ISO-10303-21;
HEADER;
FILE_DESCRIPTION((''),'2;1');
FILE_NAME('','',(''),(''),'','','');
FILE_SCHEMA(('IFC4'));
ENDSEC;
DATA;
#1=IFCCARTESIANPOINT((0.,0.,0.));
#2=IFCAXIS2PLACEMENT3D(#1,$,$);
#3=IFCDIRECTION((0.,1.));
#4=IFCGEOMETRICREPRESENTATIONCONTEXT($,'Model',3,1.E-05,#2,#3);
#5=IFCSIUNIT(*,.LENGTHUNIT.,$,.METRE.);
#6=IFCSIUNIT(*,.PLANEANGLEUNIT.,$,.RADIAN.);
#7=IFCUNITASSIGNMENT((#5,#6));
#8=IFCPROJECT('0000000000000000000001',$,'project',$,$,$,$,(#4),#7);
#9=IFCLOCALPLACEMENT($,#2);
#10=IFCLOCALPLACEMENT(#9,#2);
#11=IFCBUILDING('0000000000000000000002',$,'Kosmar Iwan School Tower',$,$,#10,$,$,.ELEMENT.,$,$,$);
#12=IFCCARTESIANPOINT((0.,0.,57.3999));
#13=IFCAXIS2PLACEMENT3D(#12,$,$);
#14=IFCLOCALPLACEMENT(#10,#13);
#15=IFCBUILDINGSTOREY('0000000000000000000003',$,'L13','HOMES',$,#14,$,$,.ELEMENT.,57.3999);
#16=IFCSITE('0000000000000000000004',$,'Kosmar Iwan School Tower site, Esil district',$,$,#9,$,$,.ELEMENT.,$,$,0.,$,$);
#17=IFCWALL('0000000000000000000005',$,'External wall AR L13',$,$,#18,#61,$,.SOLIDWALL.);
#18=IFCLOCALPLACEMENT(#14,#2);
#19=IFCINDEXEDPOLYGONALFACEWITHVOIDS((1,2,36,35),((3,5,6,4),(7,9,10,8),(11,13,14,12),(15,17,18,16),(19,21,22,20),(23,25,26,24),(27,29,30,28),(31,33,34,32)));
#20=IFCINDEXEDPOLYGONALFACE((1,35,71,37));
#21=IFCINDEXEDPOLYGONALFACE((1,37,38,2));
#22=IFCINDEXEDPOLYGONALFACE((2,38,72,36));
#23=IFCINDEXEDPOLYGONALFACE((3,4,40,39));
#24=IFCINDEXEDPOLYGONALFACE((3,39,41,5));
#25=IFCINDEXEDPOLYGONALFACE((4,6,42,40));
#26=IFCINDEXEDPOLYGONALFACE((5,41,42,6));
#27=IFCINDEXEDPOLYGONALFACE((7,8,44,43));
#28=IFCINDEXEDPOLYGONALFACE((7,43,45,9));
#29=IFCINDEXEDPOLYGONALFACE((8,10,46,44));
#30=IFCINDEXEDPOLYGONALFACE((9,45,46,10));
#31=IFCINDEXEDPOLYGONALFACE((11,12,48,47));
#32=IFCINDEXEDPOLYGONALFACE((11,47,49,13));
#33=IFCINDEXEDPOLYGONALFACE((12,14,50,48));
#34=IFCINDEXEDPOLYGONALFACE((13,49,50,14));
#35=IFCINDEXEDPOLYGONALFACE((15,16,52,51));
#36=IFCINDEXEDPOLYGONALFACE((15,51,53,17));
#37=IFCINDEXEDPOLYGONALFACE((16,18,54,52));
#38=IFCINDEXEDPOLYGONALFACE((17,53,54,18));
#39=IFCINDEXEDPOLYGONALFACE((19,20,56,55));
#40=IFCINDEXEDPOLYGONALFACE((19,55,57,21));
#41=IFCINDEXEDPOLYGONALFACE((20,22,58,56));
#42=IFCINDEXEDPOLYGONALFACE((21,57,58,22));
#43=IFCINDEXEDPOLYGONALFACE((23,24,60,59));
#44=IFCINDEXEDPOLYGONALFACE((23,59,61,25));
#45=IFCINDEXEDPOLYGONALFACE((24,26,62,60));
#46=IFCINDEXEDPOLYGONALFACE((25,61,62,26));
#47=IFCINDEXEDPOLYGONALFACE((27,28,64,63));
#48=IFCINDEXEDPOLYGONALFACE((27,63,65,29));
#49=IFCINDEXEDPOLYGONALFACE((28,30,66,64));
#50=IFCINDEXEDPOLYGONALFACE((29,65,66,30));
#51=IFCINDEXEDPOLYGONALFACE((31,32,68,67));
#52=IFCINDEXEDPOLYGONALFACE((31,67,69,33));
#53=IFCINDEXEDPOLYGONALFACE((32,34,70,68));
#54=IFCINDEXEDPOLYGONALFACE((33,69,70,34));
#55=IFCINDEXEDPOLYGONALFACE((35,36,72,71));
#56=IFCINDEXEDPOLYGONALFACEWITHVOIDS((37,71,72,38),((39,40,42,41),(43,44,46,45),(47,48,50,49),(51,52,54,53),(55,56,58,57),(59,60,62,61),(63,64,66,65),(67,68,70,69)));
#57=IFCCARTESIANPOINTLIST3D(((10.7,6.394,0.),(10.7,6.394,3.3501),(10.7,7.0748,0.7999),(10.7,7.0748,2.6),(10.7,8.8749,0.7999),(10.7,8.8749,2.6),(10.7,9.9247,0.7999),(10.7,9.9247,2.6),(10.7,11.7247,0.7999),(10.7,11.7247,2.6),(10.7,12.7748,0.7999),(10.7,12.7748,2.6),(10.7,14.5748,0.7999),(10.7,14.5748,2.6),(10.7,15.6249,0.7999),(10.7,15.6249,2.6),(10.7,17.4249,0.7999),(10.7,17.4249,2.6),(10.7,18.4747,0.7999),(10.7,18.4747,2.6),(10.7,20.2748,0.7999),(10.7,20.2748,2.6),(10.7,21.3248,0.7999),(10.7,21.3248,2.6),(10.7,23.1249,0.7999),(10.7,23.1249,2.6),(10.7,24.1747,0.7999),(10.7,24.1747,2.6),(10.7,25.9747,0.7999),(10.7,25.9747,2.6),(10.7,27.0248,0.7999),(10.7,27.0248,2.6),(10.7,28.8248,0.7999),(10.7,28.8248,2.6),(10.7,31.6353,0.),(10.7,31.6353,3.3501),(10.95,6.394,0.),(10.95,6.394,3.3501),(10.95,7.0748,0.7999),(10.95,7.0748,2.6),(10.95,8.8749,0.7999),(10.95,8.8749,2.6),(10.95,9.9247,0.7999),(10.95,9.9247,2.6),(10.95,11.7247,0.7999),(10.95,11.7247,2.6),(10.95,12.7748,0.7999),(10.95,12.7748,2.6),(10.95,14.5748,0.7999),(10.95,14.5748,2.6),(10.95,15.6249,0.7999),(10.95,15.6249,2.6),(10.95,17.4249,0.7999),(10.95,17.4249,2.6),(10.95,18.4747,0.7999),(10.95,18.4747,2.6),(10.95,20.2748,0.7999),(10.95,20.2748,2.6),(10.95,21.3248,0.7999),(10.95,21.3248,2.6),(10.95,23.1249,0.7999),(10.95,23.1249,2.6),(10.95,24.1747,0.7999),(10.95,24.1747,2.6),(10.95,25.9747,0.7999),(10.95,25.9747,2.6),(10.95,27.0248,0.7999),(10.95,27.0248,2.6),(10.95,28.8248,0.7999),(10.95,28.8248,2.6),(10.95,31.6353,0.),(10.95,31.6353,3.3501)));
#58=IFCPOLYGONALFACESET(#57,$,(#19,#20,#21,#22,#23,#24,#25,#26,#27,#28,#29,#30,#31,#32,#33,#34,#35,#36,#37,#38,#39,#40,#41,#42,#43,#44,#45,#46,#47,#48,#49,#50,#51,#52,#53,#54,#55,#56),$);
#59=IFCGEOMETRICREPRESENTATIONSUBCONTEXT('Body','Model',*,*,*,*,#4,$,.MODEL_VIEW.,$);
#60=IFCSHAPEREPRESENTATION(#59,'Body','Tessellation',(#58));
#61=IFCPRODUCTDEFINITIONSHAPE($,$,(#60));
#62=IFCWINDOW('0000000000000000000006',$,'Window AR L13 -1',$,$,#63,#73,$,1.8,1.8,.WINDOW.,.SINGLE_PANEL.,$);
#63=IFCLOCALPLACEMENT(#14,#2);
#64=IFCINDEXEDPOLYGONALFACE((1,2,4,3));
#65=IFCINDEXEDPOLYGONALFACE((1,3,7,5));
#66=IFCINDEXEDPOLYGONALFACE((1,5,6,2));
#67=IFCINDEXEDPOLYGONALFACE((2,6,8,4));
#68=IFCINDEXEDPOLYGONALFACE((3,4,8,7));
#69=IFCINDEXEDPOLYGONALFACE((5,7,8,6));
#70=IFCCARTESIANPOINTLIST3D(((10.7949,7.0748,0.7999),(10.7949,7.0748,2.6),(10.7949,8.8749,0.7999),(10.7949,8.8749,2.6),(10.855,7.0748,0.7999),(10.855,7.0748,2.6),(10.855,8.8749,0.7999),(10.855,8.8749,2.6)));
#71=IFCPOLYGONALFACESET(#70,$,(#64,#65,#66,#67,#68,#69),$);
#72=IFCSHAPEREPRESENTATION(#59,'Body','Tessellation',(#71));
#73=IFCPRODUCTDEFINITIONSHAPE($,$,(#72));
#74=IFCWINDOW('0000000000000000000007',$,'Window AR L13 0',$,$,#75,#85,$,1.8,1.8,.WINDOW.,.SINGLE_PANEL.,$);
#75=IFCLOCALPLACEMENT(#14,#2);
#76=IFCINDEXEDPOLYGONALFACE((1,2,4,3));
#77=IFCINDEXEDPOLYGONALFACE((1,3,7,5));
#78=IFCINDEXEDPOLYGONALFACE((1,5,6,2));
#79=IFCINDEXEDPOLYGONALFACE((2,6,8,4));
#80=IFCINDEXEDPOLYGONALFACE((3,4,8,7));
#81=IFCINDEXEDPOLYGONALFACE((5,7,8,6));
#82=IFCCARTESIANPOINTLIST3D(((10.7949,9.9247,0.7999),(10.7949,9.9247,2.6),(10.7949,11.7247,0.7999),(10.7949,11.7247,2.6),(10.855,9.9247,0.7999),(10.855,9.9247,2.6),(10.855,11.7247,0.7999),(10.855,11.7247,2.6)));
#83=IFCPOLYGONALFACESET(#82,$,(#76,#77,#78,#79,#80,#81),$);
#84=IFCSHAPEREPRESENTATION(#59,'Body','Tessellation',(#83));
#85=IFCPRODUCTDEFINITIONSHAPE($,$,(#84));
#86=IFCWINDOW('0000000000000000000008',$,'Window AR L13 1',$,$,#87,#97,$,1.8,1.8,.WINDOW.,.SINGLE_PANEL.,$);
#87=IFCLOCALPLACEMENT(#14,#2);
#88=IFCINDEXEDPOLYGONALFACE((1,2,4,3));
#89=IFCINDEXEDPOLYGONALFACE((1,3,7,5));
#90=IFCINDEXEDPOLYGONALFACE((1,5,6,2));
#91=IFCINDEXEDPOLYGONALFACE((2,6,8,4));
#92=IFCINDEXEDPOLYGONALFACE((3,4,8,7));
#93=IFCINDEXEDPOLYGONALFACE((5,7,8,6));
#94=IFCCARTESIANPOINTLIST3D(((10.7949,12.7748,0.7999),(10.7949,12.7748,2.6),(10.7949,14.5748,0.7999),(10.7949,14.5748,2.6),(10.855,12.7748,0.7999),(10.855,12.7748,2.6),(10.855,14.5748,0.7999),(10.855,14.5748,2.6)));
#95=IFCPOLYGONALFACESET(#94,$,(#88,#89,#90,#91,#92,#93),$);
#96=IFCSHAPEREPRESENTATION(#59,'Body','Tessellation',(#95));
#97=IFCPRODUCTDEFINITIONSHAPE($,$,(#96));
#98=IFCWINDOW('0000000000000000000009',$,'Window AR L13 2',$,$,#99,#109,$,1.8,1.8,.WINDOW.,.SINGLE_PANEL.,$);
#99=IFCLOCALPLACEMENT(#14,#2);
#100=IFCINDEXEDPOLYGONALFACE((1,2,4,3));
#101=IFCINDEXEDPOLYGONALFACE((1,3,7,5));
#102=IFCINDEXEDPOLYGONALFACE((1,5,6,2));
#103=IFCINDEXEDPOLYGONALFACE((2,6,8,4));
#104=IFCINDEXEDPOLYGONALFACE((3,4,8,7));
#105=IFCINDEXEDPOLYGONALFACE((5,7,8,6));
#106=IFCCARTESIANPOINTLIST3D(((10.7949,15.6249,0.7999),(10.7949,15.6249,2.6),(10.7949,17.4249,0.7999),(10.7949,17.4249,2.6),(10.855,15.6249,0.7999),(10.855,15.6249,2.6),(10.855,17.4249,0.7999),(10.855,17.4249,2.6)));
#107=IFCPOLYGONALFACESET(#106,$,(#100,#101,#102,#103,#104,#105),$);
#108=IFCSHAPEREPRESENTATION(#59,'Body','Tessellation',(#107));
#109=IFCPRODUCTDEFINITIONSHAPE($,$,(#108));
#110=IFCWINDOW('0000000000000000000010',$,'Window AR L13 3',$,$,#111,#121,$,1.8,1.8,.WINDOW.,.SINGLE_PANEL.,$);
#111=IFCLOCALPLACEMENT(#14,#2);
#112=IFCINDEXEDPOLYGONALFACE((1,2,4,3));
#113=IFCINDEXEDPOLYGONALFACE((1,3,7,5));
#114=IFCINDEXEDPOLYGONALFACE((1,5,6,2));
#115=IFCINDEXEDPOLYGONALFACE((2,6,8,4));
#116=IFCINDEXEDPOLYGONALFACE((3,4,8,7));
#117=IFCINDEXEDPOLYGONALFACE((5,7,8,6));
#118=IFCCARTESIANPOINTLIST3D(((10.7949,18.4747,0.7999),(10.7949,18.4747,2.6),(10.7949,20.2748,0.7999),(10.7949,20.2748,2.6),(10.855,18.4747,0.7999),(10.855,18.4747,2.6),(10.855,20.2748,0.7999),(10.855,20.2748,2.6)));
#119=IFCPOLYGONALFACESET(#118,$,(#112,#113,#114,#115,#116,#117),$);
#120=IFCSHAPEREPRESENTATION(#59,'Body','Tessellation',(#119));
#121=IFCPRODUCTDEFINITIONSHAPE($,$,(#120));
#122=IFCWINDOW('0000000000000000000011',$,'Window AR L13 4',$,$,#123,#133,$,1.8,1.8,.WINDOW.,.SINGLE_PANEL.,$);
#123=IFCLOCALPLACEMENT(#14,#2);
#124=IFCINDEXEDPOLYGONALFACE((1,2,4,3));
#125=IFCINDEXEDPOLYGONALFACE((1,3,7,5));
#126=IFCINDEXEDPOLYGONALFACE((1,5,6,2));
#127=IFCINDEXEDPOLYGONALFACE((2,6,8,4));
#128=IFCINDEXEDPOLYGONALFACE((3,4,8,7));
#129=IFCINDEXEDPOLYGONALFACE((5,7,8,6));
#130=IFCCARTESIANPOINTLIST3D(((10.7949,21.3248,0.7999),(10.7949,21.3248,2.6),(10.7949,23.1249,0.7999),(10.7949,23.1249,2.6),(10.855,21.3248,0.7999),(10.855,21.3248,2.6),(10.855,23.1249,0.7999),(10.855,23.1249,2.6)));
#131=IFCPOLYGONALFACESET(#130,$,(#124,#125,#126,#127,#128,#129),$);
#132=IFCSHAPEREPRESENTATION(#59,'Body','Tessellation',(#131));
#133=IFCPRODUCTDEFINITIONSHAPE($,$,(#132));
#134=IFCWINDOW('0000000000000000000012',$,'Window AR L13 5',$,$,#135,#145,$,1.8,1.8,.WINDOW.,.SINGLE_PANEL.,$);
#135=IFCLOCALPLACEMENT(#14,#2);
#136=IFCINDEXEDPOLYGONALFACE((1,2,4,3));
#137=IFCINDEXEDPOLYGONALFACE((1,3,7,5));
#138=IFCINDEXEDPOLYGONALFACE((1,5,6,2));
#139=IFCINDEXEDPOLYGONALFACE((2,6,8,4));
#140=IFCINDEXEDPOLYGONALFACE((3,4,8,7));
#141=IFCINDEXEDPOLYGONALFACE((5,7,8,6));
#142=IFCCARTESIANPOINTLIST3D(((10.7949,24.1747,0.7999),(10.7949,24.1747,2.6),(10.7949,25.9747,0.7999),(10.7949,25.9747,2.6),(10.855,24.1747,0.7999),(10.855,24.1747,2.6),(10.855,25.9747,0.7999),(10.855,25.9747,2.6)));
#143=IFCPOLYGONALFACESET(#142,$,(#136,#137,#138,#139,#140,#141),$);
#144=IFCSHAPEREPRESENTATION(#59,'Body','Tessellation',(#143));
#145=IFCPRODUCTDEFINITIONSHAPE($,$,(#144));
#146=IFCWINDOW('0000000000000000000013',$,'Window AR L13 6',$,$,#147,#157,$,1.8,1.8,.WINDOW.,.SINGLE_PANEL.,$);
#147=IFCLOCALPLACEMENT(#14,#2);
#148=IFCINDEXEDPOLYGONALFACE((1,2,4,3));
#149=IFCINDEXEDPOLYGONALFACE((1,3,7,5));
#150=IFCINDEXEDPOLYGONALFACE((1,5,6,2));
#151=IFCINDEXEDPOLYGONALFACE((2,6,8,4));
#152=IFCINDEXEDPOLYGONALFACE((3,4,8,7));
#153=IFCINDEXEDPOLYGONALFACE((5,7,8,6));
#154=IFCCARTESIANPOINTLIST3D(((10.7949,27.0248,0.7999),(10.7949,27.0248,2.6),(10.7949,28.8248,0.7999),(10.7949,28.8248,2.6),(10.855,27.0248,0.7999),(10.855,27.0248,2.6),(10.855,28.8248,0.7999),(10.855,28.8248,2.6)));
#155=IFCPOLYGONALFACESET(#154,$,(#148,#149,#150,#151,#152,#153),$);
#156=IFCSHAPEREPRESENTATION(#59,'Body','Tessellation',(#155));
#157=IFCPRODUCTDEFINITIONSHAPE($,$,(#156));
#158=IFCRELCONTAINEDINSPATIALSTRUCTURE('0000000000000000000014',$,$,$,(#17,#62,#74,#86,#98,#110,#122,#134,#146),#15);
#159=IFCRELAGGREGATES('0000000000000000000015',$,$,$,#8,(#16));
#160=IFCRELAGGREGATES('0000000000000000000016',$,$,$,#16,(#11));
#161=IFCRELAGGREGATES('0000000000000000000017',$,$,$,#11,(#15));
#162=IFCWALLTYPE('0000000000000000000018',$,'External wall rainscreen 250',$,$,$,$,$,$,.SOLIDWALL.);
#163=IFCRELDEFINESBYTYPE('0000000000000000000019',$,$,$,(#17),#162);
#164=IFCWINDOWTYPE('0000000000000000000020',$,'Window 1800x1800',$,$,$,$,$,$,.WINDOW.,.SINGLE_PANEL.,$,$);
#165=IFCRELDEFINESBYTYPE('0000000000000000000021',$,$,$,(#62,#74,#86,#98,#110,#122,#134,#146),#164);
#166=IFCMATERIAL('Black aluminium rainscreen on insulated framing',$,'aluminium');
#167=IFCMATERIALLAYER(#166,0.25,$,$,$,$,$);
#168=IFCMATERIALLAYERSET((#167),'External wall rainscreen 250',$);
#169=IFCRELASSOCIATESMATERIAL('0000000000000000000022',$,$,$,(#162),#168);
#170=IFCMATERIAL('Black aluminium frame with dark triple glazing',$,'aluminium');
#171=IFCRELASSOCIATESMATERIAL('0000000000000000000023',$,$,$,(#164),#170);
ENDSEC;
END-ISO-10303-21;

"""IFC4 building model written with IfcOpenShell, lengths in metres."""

from ifc_helpers import new_model, si_unit, direction, frame, frame_2d, origin, place, context, subcontext, project, spatial, rectangle, extrude, material, layer, layer_set, type_object, element, fill, save


model = new_model("IFC4")

# Units and contexts
model_context = context("Model", 3, precision=1e-05, world=origin(), true_north=direction((0.0, 1.0)))
body_context = subcontext(model_context, "Body", "Model", "MODEL_VIEW")
ifc_project = project(units=[si_unit("LENGTHUNIT", "METRE"), si_unit("PLANEANGLEUNIT", "RADIAN")], contexts=[model_context])

# Site, building, storey
site_placement = place(None, origin())
site = spatial("IfcSite", under=ifc_project, at=site_placement, Name="Kosmar Iwan School Tower site, Esil district", CompositionType="ELEMENT", RefElevation=0.0)
building_placement = place(site_placement, origin())
building = spatial("IfcBuilding", under=site, at=building_placement, Name="Kosmar Iwan School Tower", CompositionType="ELEMENT")
storey_placement = place(building_placement, frame((0.0, 0.0, 57.3999)))
storey = spatial("IfcBuildingStorey", under=building, at=storey_placement, Name="L13", Description="HOMES", CompositionType="ELEMENT", Elevation=57.3999)

# Wall, openings, windows
ifc_material_1 = material(Name="Black aluminium rainscreen on insulated framing", Category="aluminium")
ifc_layer = layer(ifc_material_1, 0.25)
ifc_layer_set = layer_set([ifc_layer], Name="External wall rainscreen 250")
wall_type = type_object("IfcWallType", Name="External wall rainscreen 250", PredefinedType="SOLIDWALL", material=ifc_layer_set)
ifc_material_2 = material(Name="Black aluminium frame with dark triple glazing", Category="aluminium")
window_type = type_object("IfcWindowType", Name="Window 1800x1800", PartitioningType="SINGLE_PANEL", PredefinedType="WINDOW", material=ifc_material_2)
wall_1_placement = place(storey_placement, frame((10.825, 6.394, 0.0), z_axis=(0.0, 0.0, 1.0), x_axis=(0.0, 1.0, 0.0)))
wall_1 = element("IfcWall", 1, at=wall_1_placement, inside=storey, type_object=wall_type, Name="External wall AR L13", PredefinedType="SOLIDWALL", context=body_context, shape_type="SweptSolid", body=[
    extrude(rectangle(XDim=25.2412, YDim=0.25, at=frame_2d((12.6206, 0.0))), origin(), (0.0, 0.0, 1.0), 3.3501),
])
opening_1_placement = place(wall_1_placement, frame((0.6809, 0.0, 0.8)))
opening_1 = element("IfcOpeningElement", 2, at=opening_1_placement, cuts=wall_1, PredefinedType="OPENING", context=body_context, shape_type="SweptSolid", body=[
    extrude(rectangle(XDim=1.8, YDim=1.8, at=frame_2d((0.8999, 0.8999))), frame((0.0, 0.137, 0.0), z_axis=(0.0, -1.0, 0.0), x_axis=(1.0, 0.0, 0.0)), (0.0, 0.0, 1.0), 0.2739),
])
opening_2_placement = place(wall_1_placement, frame((3.5308, 0.0, 0.8)))
opening_2 = element("IfcOpeningElement", 3, at=opening_2_placement, cuts=wall_1, PredefinedType="OPENING", context=body_context, shape_type="SweptSolid", body=[
    extrude(rectangle(XDim=1.8, YDim=1.8, at=frame_2d((0.8999, 0.8999))), frame((0.0, 0.137, 0.0), z_axis=(0.0, -1.0, 0.0), x_axis=(1.0, 0.0, 0.0)), (0.0, 0.0, 1.0), 0.2739),
])
opening_3_placement = place(wall_1_placement, frame((6.3809, 0.0, 0.8)))
opening_3 = element("IfcOpeningElement", 4, at=opening_3_placement, cuts=wall_1, PredefinedType="OPENING", context=body_context, shape_type="SweptSolid", body=[
    extrude(rectangle(XDim=1.8, YDim=1.8, at=frame_2d((0.8999, 0.8999))), frame((0.0, 0.137, 0.0), z_axis=(0.0, -1.0, 0.0), x_axis=(1.0, 0.0, 0.0)), (0.0, 0.0, 1.0), 0.2739),
])
opening_4_placement = place(wall_1_placement, frame((9.231, 0.0, 0.8)))
opening_4 = element("IfcOpeningElement", 5, at=opening_4_placement, cuts=wall_1, PredefinedType="OPENING", context=body_context, shape_type="SweptSolid", body=[
    extrude(rectangle(XDim=1.8, YDim=1.8, at=frame_2d((0.8999, 0.8999))), frame((0.0, 0.137, 0.0), z_axis=(0.0, -1.0, 0.0), x_axis=(1.0, 0.0, 0.0)), (0.0, 0.0, 1.0), 0.2739),
])
opening_5_placement = place(wall_1_placement, frame((12.0808, 0.0, 0.8)))
opening_5 = element("IfcOpeningElement", 6, at=opening_5_placement, cuts=wall_1, PredefinedType="OPENING", context=body_context, shape_type="SweptSolid", body=[
    extrude(rectangle(XDim=1.8, YDim=1.8, at=frame_2d((0.8999, 0.8999))), frame((0.0, 0.137, 0.0), z_axis=(0.0, -1.0, 0.0), x_axis=(1.0, 0.0, 0.0)), (0.0, 0.0, 1.0), 0.2739),
])
opening_6_placement = place(wall_1_placement, frame((14.9309, 0.0, 0.8)))
opening_6 = element("IfcOpeningElement", 7, at=opening_6_placement, cuts=wall_1, PredefinedType="OPENING", context=body_context, shape_type="SweptSolid", body=[
    extrude(rectangle(XDim=1.8, YDim=1.8, at=frame_2d((0.8999, 0.8999))), frame((0.0, 0.137, 0.0), z_axis=(0.0, -1.0, 0.0), x_axis=(1.0, 0.0, 0.0)), (0.0, 0.0, 1.0), 0.2739),
])
opening_7_placement = place(wall_1_placement, frame((17.7808, 0.0, 0.8)))
opening_7 = element("IfcOpeningElement", 8, at=opening_7_placement, cuts=wall_1, PredefinedType="OPENING", context=body_context, shape_type="SweptSolid", body=[
    extrude(rectangle(XDim=1.8, YDim=1.8, at=frame_2d((0.8999, 0.8999))), frame((0.0, 0.137, 0.0), z_axis=(0.0, -1.0, 0.0), x_axis=(1.0, 0.0, 0.0)), (0.0, 0.0, 1.0), 0.2739),
])
opening_8_placement = place(wall_1_placement, frame((20.6309, 0.0, 0.8)))
opening_8 = element("IfcOpeningElement", 9, at=opening_8_placement, cuts=wall_1, PredefinedType="OPENING", context=body_context, shape_type="SweptSolid", body=[
    extrude(rectangle(XDim=1.8, YDim=1.8, at=frame_2d((0.8999, 0.8999))), frame((0.0, 0.137, 0.0), z_axis=(0.0, -1.0, 0.0), x_axis=(1.0, 0.0, 0.0)), (0.0, 0.0, 1.0), 0.2739),
])
window_1_placement = place(opening_1_placement, origin())
window_1 = element("IfcWindow", 10, at=window_1_placement, inside=storey, type_object=window_type, Name="Window AR L13 -1", OverallHeight=1.8, OverallWidth=1.8, PartitioningType="SINGLE_PANEL", PredefinedType="WINDOW", context=body_context, shape_type="SweptSolid", body=[
    extrude(rectangle(XDim=1.8, YDim=1.8, at=frame_2d((0.8999, 0.8999))), frame((0.0, 0.03, 0.0), z_axis=(0.0, -1.0, 0.0), x_axis=(1.0, 0.0, 0.0)), (0.0, 0.0, 1.0), 0.0601),
])
fill(opening_1, window_1)
window_2_placement = place(opening_2_placement, origin())
window_2 = element("IfcWindow", 11, at=window_2_placement, inside=storey, type_object=window_type, Name="Window AR L13 0", OverallHeight=1.8, OverallWidth=1.8, PartitioningType="SINGLE_PANEL", PredefinedType="WINDOW", context=body_context, shape_type="SweptSolid", body=[
    extrude(rectangle(XDim=1.8, YDim=1.8, at=frame_2d((0.8999, 0.8999))), frame((0.0, 0.03, 0.0), z_axis=(0.0, -1.0, 0.0), x_axis=(1.0, 0.0, 0.0)), (0.0, 0.0, 1.0), 0.0601),
])
fill(opening_2, window_2)
window_3_placement = place(opening_3_placement, origin())
window_3 = element("IfcWindow", 12, at=window_3_placement, inside=storey, type_object=window_type, Name="Window AR L13 1", OverallHeight=1.8, OverallWidth=1.8, PartitioningType="SINGLE_PANEL", PredefinedType="WINDOW", context=body_context, shape_type="SweptSolid", body=[
    extrude(rectangle(XDim=1.8, YDim=1.8, at=frame_2d((0.8999, 0.8999))), frame((0.0, 0.03, 0.0), z_axis=(0.0, -1.0, 0.0), x_axis=(1.0, 0.0, 0.0)), (0.0, 0.0, 1.0), 0.0601),
])
fill(opening_3, window_3)
window_4_placement = place(opening_4_placement, origin())
window_4 = element("IfcWindow", 13, at=window_4_placement, inside=storey, type_object=window_type, Name="Window AR L13 2", OverallHeight=1.8, OverallWidth=1.8, PartitioningType="SINGLE_PANEL", PredefinedType="WINDOW", context=body_context, shape_type="SweptSolid", body=[
    extrude(rectangle(XDim=1.8, YDim=1.8, at=frame_2d((0.8999, 0.8999))), frame((0.0, 0.03, 0.0), z_axis=(0.0, -1.0, 0.0), x_axis=(1.0, 0.0, 0.0)), (0.0, 0.0, 1.0), 0.0601),
])
fill(opening_4, window_4)
window_5_placement = place(opening_5_placement, origin())
window_5 = element("IfcWindow", 14, at=window_5_placement, inside=storey, type_object=window_type, Name="Window AR L13 3", OverallHeight=1.8, OverallWidth=1.8, PartitioningType="SINGLE_PANEL", PredefinedType="WINDOW", context=body_context, shape_type="SweptSolid", body=[
    extrude(rectangle(XDim=1.8, YDim=1.8, at=frame_2d((0.8999, 0.8999))), frame((0.0, 0.03, 0.0), z_axis=(0.0, -1.0, 0.0), x_axis=(1.0, 0.0, 0.0)), (0.0, 0.0, 1.0), 0.0601),
])
fill(opening_5, window_5)
window_6_placement = place(opening_6_placement, origin())
window_6 = element("IfcWindow", 15, at=window_6_placement, inside=storey, type_object=window_type, Name="Window AR L13 4", OverallHeight=1.8, OverallWidth=1.8, PartitioningType="SINGLE_PANEL", PredefinedType="WINDOW", context=body_context, shape_type="SweptSolid", body=[
    extrude(rectangle(XDim=1.8, YDim=1.8, at=frame_2d((0.8999, 0.8999))), frame((0.0, 0.03, 0.0), z_axis=(0.0, -1.0, 0.0), x_axis=(1.0, 0.0, 0.0)), (0.0, 0.0, 1.0), 0.0601),
])
fill(opening_6, window_6)
window_7_placement = place(opening_7_placement, origin())
window_7 = element("IfcWindow", 16, at=window_7_placement, inside=storey, type_object=window_type, Name="Window AR L13 5", OverallHeight=1.8, OverallWidth=1.8, PartitioningType="SINGLE_PANEL", PredefinedType="WINDOW", context=body_context, shape_type="SweptSolid", body=[
    extrude(rectangle(XDim=1.8, YDim=1.8, at=frame_2d((0.8999, 0.8999))), frame((0.0, 0.03, 0.0), z_axis=(0.0, -1.0, 0.0), x_axis=(1.0, 0.0, 0.0)), (0.0, 0.0, 1.0), 0.0601),
])
fill(opening_7, window_7)
window_8_placement = place(opening_8_placement, origin())
window_8 = element("IfcWindow", 17, at=window_8_placement, inside=storey, type_object=window_type, Name="Window AR L13 6", OverallHeight=1.8, OverallWidth=1.8, PartitioningType="SINGLE_PANEL", PredefinedType="WINDOW", context=body_context, shape_type="SweptSolid", body=[
    extrude(rectangle(XDim=1.8, YDim=1.8, at=frame_2d((0.8999, 0.8999))), frame((0.0, 0.03, 0.0), z_axis=(0.0, -1.0, 0.0), x_axis=(1.0, 0.0, 0.0)), (0.0, 0.0, 1.0), 0.0601),
])
fill(opening_8, window_8)

save(model, "model.ifc")
